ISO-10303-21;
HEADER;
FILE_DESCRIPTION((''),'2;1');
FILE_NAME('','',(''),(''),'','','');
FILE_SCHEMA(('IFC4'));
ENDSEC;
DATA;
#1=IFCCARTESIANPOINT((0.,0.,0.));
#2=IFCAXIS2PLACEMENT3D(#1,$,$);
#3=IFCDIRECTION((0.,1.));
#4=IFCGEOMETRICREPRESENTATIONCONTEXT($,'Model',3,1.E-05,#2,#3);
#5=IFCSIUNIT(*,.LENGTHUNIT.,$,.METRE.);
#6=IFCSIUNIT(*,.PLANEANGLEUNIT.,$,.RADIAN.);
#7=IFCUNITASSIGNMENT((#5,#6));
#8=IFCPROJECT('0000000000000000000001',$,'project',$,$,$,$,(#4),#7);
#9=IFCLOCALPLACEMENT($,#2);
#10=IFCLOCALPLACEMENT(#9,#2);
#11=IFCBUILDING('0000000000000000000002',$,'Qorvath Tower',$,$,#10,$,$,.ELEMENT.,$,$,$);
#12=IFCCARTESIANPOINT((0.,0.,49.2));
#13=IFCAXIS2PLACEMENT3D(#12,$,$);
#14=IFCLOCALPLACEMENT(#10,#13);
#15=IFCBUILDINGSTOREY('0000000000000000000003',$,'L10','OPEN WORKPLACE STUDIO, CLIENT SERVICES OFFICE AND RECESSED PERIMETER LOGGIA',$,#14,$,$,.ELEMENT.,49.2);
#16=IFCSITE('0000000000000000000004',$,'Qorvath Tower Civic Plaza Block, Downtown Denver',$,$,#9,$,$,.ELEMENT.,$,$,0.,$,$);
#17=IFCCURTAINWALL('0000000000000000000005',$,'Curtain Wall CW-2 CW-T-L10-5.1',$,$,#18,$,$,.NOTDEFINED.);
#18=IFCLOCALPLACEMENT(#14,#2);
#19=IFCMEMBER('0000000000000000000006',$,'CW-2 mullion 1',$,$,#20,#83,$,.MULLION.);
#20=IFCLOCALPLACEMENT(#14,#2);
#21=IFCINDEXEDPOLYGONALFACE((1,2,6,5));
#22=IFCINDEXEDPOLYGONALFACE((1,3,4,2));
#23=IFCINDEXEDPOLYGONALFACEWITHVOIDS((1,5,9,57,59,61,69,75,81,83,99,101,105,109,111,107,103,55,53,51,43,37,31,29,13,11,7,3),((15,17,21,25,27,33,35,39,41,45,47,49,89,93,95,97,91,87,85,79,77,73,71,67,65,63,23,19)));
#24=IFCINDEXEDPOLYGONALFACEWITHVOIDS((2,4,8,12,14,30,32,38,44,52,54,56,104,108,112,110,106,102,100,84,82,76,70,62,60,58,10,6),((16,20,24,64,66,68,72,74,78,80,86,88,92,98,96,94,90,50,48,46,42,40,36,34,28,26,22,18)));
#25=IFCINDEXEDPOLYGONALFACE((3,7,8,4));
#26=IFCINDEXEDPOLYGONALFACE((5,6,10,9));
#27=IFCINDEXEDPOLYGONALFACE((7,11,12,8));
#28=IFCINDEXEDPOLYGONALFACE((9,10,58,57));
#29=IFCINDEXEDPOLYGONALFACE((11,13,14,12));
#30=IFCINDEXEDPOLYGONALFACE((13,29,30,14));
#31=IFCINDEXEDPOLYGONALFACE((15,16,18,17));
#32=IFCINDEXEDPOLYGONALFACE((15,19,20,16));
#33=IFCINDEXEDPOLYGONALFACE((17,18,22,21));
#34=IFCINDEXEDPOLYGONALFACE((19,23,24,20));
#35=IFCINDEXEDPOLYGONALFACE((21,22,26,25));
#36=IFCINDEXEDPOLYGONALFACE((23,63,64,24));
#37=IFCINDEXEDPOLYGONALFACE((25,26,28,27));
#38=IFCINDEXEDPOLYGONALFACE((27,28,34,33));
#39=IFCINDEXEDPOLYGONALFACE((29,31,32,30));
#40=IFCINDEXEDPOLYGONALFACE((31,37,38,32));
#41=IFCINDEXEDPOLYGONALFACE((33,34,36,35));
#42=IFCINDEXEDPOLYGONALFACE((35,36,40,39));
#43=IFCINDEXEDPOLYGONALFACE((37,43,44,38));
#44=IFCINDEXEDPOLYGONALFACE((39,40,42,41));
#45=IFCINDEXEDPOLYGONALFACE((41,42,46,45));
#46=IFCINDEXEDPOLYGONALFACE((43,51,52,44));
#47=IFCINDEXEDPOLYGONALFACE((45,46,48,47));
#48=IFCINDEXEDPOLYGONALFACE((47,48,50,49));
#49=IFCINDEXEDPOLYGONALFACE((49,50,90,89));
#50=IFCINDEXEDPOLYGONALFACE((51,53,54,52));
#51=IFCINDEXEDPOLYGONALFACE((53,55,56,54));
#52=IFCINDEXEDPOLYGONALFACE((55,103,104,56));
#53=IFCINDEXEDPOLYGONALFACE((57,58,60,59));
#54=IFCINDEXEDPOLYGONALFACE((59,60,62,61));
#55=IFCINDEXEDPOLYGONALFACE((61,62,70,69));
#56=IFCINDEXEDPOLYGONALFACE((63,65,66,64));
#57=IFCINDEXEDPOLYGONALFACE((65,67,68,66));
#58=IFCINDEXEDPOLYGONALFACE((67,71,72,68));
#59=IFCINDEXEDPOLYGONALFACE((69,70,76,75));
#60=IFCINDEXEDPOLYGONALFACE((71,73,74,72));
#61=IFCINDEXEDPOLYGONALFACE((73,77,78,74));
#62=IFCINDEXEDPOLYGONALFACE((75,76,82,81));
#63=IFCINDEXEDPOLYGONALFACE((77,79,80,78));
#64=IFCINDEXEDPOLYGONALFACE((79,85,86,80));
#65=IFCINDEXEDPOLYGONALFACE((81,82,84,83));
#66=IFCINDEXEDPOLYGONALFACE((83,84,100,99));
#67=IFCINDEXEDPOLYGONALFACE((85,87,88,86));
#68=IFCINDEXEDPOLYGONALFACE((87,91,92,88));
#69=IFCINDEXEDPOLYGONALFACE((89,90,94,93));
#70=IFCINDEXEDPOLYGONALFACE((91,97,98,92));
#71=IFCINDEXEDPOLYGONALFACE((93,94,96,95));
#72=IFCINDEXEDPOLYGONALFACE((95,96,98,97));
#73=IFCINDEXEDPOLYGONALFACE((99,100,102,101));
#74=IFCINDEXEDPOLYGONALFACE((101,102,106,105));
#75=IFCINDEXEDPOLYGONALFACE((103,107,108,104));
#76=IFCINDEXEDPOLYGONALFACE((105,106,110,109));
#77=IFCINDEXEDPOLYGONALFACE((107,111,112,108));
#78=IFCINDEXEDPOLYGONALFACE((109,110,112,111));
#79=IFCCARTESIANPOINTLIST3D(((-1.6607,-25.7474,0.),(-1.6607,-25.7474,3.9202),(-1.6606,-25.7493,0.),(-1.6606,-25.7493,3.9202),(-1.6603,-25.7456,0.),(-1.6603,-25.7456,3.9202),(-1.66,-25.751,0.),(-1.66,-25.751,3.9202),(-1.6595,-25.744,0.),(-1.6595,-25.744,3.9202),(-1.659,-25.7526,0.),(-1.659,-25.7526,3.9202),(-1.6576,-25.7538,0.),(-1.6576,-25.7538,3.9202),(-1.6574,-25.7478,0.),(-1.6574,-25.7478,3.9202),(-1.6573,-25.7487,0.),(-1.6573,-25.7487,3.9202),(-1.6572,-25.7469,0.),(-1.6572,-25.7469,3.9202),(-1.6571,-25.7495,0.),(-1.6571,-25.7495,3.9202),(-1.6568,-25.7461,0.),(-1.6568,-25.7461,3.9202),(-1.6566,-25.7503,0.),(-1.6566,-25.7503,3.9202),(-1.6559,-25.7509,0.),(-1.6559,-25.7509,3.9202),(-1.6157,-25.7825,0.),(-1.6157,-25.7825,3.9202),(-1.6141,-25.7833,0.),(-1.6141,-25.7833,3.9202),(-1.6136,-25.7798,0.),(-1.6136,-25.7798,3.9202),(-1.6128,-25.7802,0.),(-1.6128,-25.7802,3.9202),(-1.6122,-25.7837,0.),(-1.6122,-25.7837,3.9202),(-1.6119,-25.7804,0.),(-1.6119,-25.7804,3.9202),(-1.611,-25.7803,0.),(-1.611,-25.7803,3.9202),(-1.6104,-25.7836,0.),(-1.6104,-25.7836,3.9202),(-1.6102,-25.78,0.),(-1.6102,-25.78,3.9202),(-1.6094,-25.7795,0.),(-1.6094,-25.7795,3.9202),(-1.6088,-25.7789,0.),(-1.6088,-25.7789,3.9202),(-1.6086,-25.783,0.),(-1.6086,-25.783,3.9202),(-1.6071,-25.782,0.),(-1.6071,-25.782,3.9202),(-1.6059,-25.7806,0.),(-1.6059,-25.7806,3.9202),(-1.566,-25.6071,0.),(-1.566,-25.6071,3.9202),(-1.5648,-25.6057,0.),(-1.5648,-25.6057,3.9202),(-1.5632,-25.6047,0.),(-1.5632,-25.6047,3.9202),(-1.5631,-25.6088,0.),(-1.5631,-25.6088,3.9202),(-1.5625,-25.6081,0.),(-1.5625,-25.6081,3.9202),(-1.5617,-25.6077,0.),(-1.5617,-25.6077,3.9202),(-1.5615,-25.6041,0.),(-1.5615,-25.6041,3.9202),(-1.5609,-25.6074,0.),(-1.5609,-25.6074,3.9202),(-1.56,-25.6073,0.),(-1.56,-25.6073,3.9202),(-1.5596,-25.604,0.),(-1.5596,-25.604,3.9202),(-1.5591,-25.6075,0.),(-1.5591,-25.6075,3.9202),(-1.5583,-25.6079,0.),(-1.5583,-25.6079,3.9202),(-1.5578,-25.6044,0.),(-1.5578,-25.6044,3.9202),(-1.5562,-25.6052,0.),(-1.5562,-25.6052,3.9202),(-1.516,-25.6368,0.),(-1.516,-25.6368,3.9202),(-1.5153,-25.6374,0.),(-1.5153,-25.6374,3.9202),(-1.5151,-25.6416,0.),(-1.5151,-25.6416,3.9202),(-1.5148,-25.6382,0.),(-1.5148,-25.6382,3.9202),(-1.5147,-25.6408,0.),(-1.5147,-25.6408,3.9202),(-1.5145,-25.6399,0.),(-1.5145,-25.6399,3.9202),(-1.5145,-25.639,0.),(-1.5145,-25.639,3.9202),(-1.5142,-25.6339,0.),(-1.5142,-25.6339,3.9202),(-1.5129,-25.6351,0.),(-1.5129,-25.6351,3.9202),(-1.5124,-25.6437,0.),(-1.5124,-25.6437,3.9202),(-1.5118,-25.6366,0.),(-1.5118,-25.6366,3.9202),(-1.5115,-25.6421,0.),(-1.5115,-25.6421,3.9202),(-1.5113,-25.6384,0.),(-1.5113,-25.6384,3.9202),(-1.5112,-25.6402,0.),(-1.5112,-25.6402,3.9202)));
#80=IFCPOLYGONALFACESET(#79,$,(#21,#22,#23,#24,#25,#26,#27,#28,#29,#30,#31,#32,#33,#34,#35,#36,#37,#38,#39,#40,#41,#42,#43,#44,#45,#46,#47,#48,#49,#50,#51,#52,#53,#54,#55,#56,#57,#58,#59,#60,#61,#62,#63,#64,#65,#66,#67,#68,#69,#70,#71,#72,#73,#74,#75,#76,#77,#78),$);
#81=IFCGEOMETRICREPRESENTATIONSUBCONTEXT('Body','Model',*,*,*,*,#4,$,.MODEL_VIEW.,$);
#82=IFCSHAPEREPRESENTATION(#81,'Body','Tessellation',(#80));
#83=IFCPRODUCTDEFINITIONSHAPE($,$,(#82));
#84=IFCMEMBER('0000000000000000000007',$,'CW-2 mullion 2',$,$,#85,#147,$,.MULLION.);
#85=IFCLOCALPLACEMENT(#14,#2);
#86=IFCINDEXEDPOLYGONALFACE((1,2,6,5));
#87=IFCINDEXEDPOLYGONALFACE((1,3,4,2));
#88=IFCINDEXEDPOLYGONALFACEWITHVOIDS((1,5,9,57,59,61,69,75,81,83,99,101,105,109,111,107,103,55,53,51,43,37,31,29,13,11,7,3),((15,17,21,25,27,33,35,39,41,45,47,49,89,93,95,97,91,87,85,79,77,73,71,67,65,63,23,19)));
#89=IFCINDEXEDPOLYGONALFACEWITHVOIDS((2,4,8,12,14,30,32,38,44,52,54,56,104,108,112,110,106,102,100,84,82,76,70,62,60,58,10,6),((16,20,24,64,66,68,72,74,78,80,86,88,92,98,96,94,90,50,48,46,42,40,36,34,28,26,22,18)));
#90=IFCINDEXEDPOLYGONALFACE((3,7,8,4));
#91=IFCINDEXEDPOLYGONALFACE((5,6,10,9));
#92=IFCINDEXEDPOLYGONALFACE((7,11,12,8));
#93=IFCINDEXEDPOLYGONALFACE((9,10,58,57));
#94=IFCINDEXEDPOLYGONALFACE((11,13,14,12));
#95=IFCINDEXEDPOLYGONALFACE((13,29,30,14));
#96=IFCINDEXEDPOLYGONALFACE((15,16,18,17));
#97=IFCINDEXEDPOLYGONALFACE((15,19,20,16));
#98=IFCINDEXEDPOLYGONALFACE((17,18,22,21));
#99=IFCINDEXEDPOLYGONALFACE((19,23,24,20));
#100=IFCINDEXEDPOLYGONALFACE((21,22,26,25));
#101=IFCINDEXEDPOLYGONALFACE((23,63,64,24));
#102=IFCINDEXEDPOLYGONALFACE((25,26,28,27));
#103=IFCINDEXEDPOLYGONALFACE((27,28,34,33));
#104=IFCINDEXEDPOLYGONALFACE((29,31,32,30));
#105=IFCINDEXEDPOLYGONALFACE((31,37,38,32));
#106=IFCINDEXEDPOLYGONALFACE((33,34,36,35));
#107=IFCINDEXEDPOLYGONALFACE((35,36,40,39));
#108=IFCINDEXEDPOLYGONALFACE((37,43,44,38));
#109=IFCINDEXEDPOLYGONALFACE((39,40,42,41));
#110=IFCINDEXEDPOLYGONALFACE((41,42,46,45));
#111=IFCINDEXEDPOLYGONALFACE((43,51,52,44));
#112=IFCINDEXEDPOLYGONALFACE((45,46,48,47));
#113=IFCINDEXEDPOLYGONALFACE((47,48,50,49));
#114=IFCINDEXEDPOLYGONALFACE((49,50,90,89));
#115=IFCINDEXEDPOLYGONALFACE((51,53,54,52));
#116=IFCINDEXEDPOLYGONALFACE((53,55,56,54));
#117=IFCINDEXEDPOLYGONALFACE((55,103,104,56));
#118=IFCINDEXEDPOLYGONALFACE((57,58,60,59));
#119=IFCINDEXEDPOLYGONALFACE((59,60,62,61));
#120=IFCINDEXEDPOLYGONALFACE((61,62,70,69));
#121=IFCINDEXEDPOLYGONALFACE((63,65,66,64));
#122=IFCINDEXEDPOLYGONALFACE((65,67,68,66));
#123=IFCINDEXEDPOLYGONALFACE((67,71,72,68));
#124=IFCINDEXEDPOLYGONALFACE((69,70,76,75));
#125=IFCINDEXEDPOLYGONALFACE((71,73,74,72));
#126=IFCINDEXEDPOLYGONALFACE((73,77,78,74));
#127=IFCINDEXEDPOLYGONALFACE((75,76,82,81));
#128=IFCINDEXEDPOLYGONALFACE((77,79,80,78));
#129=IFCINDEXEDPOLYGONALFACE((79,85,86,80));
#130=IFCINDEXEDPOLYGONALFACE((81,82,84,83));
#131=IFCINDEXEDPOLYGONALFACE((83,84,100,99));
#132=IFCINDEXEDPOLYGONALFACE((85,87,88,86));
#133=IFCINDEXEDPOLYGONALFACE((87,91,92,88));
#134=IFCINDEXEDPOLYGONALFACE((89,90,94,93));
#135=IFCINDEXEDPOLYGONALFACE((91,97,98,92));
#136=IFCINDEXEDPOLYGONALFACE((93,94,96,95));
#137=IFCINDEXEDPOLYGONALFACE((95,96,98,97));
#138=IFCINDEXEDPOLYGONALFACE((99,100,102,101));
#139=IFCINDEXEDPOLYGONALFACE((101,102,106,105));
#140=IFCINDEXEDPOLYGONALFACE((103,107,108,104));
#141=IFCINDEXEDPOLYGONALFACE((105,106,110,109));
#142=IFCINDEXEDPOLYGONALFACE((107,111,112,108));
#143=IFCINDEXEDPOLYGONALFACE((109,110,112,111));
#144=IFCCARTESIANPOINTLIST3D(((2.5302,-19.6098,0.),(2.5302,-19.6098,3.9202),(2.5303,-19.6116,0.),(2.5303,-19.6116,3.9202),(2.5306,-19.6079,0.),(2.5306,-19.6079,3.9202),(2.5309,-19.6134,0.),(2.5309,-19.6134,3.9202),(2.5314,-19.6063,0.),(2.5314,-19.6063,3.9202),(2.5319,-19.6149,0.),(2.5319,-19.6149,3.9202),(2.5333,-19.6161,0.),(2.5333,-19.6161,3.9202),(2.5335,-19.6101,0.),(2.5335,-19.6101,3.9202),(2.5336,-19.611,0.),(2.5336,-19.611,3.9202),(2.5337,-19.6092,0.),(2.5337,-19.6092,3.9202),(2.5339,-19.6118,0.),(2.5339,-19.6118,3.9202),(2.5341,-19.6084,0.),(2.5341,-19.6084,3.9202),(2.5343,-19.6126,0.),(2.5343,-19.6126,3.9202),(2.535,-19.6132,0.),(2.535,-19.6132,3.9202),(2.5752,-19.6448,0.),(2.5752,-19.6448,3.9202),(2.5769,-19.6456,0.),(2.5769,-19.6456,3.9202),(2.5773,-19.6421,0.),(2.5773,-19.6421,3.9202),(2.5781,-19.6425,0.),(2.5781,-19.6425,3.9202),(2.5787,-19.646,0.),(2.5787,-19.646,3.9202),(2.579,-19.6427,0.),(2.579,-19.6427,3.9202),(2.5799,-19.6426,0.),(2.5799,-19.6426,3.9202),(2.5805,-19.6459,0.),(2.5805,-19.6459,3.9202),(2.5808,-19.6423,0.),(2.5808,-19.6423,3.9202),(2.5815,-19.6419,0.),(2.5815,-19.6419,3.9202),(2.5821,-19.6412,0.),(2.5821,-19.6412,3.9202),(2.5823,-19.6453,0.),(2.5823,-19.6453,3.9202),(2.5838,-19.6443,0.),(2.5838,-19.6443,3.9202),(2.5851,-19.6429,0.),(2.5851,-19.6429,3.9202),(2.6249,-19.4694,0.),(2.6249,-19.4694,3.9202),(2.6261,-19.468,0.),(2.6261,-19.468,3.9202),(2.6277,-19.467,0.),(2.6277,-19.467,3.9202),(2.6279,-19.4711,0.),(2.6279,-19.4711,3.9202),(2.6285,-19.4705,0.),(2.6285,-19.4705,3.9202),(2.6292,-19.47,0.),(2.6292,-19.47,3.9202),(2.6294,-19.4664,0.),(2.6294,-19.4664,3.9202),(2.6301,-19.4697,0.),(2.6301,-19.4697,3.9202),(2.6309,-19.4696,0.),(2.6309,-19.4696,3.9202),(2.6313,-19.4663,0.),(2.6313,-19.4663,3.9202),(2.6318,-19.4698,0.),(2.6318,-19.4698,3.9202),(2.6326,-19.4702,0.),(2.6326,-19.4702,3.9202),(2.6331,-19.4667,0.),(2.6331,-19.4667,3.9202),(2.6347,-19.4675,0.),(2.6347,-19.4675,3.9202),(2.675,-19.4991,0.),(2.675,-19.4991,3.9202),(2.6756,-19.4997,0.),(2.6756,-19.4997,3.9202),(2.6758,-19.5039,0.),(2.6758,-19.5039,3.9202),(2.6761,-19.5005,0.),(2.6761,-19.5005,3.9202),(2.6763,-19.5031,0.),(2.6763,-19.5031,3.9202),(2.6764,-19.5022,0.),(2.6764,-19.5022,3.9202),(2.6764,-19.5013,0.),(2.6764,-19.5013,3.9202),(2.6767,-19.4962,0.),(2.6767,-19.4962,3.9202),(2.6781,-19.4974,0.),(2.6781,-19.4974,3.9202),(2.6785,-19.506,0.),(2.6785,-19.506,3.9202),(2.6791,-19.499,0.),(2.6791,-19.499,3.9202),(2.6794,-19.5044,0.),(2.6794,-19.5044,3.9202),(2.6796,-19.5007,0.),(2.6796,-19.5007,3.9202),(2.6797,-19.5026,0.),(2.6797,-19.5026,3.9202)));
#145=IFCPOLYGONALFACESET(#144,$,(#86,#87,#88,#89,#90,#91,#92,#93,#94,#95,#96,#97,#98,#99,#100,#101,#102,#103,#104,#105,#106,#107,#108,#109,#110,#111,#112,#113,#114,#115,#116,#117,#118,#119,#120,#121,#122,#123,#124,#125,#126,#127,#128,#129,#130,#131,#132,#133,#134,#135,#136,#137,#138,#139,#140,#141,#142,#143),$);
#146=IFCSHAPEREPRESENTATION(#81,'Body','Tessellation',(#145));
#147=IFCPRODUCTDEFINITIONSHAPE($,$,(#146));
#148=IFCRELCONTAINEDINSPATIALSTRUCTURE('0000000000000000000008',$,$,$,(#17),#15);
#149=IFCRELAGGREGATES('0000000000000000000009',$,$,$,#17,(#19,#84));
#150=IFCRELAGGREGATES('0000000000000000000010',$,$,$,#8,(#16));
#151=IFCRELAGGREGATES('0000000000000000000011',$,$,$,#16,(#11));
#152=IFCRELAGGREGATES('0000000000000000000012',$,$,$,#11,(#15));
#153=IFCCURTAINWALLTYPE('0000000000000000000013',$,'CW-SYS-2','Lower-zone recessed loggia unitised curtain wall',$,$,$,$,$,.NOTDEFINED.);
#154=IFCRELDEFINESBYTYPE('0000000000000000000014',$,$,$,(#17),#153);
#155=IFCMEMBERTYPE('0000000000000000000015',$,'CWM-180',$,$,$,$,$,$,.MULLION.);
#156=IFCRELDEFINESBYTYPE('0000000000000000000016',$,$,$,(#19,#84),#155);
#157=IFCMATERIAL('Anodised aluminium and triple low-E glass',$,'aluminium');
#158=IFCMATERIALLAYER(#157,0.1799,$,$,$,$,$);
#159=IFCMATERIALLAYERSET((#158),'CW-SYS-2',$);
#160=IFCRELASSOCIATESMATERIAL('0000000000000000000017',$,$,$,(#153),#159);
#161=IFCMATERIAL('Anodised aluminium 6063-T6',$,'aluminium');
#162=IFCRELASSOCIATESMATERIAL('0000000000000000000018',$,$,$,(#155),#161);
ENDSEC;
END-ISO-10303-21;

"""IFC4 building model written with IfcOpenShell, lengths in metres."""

from ifc_helpers import new_model, si_unit, direction, frame, origin, origin_2d, place, context, subcontext, project, spatial, hollow_rectangle, extrude, material, layer, layer_set, material_profile, profile_set, type_object, element, aggregate, save


model = new_model("IFC4")

# Units and contexts
model_context = context("Model", 3, precision=1e-05, world=origin(), true_north=direction((0.0, 1.0)))
body_context = subcontext(model_context, "Body", "Model", "MODEL_VIEW")
ifc_project = project(units=[si_unit("LENGTHUNIT", "METRE"), si_unit("PLANEANGLEUNIT", "RADIAN")], contexts=[model_context])

# Site, building, storey
site_placement = place(None, origin())
site = spatial("IfcSite", under=ifc_project, at=site_placement, Name="Qorvath Tower Civic Plaza Block, Downtown Denver", CompositionType="ELEMENT", RefElevation=0.0)
building_placement = place(site_placement, origin())
building = spatial("IfcBuilding", under=site, at=building_placement, Name="Qorvath Tower", CompositionType="ELEMENT")
storey_placement = place(building_placement, frame((0.0, 0.0, 49.2)))
storey = spatial("IfcBuildingStorey", under=building, at=storey_placement, Name="L10", Description="OPEN WORKPLACE STUDIO, CLIENT SERVICES OFFICE AND RECESSED PERIMETER LOGGIA", CompositionType="ELEMENT", Elevation=49.2)

# Curtain wall, members
ifc_material_1 = material(Name="Anodised aluminium and triple low-E glass", Category="aluminium")
ifc_layer_1 = layer(ifc_material_1, 0.1799)
ifc_layer_set_1 = layer_set([ifc_layer_1], Name="CW-SYS-2")
curtain_wall_type = type_object("IfcCurtainWallType", Name="CW-SYS-2", Description="Lower-zone recessed loggia unitised curtain wall", PredefinedType="NOTDEFINED", material=ifc_layer_set_1)
ifc_material_2 = material(Name="Anodised aluminium 6063-T6", Category="aluminium")
ifc_material_profile_1 = material_profile(ifc_material_2, hollow_rectangle(XDim=0.0649, YDim=0.1799, WallThickness=0.0034, InnerFilletRadius=0.0034, OuterFilletRadius=0.0071, at=origin_2d()), Name="CWM 180x65")
ifc_profile_set_1 = profile_set([ifc_material_profile_1], Name="Anodised aluminium 6063-T6")
member_type_1 = type_object("IfcMemberType", Name="CWM-180", PredefinedType="MULLION", material=ifc_profile_set_1)
curtain_wall_1_placement = place(storey_placement, origin())
curtain_wall_1 = element("IfcCurtainWall", 1, at=curtain_wall_1_placement, inside=storey, type_object=curtain_wall_type, Name="Curtain Wall CW-2 CW-T-L10-5.1", PredefinedType="NOTDEFINED")
member_1_placement = place(storey_placement, frame((-1.5859, -25.6938, 0.0), z_axis=(0.0, 0.0, 1.0), x_axis=(-0.825849, 0.563891, 0.0)))
member_1 = element("IfcMember", 2, at=member_1_placement, type_object=member_type_1, Name="CW-2 mullion 1", PredefinedType="MULLION", context=body_context, shape_type="SweptSolid", body=[
    extrude(hollow_rectangle(XDim=0.0649, YDim=0.1799, WallThickness=0.0034, InnerFilletRadius=0.0034, OuterFilletRadius=0.0071, at=origin_2d()), origin(), (0.0, 0.0, 1.0), 3.9202),
])
member_2_placement = place(storey_placement, frame((2.605, -19.5562, 0.0), z_axis=(0.0, 0.0, 1.0), x_axis=(-0.825849, 0.563891, 0.0)))
member_2 = element("IfcMember", 3, at=member_2_placement, type_object=member_type_1, Name="CW-2 mullion 2", PredefinedType="MULLION", context=body_context, shape_type="SweptSolid", body=[
    extrude(hollow_rectangle(XDim=0.0649, YDim=0.1799, WallThickness=0.0034, InnerFilletRadius=0.0034, OuterFilletRadius=0.0071, at=origin_2d()), origin(), (0.0, 0.0, 1.0), 3.9202),
])

aggregate(curtain_wall_1, [member_1, member_2])

save(model, "model.ifc")
